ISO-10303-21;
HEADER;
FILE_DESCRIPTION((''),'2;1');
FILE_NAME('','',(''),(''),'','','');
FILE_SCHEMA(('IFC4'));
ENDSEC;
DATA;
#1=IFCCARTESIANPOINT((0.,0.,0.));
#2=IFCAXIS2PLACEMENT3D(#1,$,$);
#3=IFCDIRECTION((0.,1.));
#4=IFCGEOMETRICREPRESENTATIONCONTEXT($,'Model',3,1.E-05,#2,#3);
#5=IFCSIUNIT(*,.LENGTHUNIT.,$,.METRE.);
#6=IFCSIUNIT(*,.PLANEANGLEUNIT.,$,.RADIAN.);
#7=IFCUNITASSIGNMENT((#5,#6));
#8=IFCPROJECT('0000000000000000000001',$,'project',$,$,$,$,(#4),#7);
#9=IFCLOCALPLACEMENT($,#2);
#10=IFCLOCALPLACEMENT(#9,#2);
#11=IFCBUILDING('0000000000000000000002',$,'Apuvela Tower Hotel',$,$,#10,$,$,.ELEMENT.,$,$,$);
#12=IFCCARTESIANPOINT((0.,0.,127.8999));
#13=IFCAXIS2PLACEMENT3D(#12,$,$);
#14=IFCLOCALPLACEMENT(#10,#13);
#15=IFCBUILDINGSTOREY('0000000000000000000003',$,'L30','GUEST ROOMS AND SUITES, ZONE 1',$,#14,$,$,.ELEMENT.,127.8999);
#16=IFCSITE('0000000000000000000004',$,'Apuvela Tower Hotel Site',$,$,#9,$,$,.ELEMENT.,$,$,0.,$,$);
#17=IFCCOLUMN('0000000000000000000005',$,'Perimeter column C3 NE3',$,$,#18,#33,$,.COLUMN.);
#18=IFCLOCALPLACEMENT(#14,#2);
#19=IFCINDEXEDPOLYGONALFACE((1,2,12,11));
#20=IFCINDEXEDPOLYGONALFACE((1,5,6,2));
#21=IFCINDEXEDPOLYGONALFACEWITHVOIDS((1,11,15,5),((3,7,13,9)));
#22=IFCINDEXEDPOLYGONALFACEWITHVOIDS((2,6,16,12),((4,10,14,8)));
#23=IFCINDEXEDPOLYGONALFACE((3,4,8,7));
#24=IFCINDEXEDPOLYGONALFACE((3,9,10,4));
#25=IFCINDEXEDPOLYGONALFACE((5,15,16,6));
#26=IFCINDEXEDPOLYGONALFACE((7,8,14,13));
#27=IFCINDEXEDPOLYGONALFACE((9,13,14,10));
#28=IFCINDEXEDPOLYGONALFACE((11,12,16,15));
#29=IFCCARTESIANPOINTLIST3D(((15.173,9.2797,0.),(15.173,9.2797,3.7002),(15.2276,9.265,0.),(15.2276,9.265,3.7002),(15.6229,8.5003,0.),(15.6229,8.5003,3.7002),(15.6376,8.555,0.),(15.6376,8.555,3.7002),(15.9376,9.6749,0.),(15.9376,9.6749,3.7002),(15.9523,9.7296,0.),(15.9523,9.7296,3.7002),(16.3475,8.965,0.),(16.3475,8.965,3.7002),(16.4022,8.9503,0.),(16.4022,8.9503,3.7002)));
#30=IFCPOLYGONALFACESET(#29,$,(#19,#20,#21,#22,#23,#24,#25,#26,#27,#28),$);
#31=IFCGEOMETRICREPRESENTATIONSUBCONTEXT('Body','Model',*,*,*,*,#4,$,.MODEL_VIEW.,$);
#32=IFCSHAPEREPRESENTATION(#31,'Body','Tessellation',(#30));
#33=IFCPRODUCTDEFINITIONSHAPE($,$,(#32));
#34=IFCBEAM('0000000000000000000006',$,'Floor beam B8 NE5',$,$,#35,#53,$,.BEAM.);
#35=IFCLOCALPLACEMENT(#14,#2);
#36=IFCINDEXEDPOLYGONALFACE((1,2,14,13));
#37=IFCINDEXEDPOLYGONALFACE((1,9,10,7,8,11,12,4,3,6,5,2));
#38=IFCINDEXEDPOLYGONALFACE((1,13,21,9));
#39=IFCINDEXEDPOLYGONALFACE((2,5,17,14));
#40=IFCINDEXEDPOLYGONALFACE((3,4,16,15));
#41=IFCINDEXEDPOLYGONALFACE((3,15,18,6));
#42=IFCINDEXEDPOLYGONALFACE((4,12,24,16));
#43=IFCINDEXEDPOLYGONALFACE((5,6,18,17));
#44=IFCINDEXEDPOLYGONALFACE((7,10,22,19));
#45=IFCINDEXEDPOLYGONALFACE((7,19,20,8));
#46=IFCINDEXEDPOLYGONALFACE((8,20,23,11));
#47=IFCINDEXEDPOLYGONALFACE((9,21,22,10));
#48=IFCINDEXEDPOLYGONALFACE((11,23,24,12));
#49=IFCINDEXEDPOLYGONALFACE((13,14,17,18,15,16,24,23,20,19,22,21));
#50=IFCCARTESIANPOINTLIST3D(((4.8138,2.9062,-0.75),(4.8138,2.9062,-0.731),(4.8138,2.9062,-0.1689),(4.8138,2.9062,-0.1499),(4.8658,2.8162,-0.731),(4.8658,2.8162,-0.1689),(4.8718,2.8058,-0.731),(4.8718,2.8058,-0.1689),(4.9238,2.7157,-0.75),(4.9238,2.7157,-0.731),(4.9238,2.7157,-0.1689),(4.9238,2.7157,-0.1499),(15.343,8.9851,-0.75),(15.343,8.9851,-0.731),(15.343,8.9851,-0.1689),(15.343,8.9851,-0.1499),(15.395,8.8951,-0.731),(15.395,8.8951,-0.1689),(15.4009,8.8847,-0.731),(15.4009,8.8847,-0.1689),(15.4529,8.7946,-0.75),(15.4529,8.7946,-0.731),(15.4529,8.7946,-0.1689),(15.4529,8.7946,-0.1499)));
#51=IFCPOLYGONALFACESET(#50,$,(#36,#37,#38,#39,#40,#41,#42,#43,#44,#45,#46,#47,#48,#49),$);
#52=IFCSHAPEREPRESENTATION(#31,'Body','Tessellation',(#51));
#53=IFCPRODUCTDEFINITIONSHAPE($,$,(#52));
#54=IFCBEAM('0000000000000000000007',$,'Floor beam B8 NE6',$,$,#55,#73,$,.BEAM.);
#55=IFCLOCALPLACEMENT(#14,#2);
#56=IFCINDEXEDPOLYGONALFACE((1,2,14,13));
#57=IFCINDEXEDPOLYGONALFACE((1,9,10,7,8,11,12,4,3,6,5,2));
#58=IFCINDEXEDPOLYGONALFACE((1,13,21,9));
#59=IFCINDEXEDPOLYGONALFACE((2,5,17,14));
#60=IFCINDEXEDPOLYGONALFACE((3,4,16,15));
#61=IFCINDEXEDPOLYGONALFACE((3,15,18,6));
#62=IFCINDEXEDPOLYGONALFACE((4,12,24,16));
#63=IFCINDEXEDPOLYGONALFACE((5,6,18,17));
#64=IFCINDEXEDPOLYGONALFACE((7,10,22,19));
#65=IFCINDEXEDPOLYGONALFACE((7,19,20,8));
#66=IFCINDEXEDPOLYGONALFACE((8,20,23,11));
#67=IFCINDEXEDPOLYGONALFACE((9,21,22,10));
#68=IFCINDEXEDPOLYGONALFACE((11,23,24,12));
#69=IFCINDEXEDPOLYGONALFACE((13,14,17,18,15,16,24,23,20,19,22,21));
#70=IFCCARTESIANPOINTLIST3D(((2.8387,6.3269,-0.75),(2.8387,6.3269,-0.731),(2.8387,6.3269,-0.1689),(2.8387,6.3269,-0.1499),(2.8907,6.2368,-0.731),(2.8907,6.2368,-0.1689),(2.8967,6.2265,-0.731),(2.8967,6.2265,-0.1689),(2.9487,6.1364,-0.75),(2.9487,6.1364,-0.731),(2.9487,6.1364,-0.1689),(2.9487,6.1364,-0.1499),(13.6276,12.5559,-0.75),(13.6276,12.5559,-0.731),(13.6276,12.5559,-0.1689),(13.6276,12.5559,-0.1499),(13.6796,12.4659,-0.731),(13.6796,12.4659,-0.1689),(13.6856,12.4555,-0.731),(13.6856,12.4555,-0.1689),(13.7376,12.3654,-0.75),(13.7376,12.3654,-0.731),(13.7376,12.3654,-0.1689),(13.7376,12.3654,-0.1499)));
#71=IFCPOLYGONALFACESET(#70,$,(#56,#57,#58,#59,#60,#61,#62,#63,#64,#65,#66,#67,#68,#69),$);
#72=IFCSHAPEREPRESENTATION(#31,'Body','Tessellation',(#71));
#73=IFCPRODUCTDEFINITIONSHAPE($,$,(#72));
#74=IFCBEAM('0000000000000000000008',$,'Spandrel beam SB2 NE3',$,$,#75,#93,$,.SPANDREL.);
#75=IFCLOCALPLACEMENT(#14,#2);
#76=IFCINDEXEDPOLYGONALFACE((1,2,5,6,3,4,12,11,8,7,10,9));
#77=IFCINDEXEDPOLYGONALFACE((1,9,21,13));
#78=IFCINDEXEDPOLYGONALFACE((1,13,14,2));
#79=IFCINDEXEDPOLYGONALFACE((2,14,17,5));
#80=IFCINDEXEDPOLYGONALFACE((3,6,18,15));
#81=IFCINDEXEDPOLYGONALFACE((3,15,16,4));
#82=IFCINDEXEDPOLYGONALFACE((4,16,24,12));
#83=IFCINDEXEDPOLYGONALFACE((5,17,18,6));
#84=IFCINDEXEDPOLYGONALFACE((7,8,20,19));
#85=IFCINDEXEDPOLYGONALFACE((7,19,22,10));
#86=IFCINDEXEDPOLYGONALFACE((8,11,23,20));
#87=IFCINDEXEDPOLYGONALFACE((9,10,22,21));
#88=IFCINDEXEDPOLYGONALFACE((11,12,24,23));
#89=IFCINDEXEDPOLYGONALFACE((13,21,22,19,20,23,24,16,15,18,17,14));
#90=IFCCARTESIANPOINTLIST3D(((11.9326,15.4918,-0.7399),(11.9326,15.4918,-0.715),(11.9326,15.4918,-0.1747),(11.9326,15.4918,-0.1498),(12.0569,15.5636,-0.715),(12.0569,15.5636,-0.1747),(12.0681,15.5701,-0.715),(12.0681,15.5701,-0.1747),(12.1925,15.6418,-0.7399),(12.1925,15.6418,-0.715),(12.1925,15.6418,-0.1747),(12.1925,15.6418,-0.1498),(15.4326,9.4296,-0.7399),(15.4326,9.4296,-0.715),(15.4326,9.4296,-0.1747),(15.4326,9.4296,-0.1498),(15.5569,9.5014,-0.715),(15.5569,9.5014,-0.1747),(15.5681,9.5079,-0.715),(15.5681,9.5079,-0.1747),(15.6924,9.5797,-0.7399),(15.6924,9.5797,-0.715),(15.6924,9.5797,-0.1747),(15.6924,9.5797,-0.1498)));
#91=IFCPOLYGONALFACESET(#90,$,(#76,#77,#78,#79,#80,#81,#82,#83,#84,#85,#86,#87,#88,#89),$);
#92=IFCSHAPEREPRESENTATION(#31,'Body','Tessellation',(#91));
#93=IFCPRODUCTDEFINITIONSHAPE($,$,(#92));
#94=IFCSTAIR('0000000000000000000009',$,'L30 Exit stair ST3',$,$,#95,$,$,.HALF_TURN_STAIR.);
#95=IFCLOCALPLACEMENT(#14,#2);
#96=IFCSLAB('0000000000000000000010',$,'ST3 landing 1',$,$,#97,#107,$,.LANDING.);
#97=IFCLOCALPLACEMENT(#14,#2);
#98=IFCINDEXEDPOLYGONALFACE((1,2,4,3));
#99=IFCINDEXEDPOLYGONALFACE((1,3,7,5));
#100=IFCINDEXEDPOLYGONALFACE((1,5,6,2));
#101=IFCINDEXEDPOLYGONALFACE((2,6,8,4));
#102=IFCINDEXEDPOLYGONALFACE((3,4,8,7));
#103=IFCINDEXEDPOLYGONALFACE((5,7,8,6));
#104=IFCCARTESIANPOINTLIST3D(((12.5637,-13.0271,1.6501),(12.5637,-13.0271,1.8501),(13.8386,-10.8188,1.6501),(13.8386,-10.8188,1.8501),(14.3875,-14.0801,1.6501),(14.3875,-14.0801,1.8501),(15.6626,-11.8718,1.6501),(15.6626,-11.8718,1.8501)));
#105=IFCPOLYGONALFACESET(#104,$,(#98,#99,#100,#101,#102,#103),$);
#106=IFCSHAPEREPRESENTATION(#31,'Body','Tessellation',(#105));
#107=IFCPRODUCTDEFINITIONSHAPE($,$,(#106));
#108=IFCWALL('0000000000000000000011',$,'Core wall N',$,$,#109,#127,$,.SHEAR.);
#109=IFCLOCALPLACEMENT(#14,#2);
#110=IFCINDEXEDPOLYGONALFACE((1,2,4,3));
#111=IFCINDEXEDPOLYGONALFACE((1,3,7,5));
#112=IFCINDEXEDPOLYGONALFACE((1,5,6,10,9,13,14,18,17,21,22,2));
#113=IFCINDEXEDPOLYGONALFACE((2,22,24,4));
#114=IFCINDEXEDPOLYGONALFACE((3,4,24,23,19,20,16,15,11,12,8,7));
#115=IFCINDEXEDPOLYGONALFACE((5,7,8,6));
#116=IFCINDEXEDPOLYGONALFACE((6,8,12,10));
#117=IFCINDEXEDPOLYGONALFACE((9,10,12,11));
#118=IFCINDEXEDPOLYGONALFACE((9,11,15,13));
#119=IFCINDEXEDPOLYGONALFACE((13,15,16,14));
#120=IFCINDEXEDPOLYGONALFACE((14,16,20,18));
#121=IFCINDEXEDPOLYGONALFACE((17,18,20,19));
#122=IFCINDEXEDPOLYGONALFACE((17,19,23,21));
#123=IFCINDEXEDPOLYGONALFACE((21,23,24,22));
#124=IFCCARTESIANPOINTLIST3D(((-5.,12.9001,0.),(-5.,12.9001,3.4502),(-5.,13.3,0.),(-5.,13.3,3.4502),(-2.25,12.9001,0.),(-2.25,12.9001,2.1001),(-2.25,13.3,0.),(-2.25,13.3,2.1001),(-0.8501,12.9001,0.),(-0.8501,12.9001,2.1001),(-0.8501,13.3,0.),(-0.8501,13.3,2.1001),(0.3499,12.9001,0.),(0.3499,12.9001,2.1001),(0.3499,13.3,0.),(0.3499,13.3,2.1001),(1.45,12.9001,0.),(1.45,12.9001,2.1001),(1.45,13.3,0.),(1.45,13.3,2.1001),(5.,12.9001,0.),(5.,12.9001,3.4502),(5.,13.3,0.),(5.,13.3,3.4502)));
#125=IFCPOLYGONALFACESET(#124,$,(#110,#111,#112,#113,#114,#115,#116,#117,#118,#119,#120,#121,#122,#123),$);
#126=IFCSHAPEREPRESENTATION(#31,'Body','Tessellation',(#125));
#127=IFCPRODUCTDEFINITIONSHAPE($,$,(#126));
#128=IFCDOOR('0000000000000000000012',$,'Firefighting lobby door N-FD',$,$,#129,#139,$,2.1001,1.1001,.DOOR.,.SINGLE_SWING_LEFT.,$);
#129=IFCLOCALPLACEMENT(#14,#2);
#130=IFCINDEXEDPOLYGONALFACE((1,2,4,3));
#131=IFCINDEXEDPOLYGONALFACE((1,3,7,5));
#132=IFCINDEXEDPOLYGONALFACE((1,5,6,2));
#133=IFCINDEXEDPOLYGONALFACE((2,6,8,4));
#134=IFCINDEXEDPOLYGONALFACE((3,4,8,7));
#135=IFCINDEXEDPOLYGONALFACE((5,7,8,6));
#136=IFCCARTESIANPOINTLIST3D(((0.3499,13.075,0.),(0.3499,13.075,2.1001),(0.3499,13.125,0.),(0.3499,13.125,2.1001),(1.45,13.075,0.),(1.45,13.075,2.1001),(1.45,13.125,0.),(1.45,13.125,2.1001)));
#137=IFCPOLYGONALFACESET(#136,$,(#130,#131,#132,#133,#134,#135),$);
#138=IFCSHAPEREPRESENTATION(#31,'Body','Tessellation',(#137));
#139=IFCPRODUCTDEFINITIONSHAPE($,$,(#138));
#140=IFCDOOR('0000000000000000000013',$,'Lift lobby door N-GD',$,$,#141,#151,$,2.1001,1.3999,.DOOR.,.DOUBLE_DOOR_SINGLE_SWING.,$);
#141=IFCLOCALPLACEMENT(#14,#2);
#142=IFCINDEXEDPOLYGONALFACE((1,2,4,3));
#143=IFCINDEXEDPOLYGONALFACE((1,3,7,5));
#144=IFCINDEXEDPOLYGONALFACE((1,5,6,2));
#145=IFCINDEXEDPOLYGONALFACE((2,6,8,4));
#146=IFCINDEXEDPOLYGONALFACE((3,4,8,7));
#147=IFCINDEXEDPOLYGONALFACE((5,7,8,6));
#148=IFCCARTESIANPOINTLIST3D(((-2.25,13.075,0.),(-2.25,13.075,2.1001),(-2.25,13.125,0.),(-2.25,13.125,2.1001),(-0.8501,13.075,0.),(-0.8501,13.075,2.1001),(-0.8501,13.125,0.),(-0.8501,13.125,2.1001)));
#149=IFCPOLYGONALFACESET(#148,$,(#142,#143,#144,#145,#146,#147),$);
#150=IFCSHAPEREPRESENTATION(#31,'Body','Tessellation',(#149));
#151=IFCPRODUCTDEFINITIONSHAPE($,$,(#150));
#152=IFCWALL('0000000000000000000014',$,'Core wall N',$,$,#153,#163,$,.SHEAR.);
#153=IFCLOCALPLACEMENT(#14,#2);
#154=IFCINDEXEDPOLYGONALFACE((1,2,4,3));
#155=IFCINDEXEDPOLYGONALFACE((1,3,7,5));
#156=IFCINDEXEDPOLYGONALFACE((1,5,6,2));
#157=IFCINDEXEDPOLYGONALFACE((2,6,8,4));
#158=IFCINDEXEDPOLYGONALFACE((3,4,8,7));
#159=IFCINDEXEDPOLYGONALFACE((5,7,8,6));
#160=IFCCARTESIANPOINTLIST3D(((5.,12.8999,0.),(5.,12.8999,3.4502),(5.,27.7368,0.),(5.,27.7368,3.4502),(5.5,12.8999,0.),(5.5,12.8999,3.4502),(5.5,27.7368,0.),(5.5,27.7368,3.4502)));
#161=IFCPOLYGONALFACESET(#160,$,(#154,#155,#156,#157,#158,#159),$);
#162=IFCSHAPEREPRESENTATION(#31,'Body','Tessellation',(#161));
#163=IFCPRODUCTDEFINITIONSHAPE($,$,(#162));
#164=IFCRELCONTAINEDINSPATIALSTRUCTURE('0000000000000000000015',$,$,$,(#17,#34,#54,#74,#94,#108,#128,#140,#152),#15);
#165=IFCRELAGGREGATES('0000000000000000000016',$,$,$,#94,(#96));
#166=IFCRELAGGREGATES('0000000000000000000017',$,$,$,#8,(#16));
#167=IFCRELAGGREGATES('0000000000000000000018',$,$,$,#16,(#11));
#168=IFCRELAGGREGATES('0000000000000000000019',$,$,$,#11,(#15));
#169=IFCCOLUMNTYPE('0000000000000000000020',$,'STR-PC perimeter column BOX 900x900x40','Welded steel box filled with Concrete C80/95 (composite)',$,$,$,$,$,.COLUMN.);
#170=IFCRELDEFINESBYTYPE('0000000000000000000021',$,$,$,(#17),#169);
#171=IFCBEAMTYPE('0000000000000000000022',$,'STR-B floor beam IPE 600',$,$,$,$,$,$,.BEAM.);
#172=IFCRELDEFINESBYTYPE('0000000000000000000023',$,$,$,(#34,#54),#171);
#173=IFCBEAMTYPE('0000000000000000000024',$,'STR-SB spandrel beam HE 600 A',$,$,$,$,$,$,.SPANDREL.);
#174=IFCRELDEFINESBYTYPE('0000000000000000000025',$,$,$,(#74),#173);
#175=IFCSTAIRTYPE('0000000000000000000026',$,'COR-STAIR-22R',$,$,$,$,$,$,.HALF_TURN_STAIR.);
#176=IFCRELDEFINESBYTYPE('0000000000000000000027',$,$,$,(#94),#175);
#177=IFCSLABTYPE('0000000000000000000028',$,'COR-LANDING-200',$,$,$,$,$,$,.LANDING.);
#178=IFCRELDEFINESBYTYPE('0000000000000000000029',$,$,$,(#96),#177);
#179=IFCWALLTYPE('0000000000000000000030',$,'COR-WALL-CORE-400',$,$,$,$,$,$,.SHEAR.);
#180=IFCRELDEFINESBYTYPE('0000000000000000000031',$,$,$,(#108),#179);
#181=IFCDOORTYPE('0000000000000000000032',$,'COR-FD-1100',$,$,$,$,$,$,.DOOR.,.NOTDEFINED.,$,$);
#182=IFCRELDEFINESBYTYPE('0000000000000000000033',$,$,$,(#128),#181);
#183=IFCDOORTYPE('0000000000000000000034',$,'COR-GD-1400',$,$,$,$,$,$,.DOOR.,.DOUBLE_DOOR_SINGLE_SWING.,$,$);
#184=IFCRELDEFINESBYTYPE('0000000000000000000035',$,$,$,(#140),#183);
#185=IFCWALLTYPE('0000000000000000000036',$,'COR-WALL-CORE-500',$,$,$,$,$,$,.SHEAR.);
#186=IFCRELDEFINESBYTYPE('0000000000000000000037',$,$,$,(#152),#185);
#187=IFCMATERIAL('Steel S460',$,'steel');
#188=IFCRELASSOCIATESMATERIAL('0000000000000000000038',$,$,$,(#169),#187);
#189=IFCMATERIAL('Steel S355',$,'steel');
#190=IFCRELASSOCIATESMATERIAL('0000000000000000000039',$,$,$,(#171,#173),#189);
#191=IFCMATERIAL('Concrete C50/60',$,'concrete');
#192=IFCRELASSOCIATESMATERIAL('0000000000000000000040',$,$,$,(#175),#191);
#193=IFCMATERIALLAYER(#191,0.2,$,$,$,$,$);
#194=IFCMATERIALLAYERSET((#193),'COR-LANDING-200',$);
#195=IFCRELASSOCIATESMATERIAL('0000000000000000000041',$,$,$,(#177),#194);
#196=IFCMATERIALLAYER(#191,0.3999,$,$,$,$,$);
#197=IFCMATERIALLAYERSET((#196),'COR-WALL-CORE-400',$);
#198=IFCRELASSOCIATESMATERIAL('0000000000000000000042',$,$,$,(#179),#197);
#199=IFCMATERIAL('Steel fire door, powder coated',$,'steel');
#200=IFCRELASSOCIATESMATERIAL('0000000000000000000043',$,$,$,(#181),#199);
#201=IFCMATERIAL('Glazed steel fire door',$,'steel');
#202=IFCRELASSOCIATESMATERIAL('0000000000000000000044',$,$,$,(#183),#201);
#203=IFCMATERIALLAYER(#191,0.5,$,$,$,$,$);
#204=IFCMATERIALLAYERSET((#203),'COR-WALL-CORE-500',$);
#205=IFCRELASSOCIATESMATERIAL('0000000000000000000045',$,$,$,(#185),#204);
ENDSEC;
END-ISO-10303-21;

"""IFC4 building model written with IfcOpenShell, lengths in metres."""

from ifc_helpers import new_model, si_unit, direction, frame, frame_2d, origin, origin_2d, place, context, subcontext, project, spatial, polyline, rectangle, hollow_rectangle, i_section, outline, extrude, material, layer, layer_set, material_profile, profile_set, type_object, element, fill, aggregate, save


model = new_model("IFC4")

# Units and contexts
model_context = context("Model", 3, precision=1e-05, world=origin(), true_north=direction((0.0, 1.0)))
body_context = subcontext(model_context, "Body", "Model", "MODEL_VIEW")
ifc_project = project(units=[si_unit("LENGTHUNIT", "METRE"), si_unit("PLANEANGLEUNIT", "RADIAN")], contexts=[model_context])

# Site, building, storey
site_placement = place(None, origin())
site = spatial("IfcSite", under=ifc_project, at=site_placement, Name="Apuvela Tower Hotel Site", CompositionType="ELEMENT", RefElevation=0.0)
building_placement = place(site_placement, origin())
building = spatial("IfcBuilding", under=site, at=building_placement, Name="Apuvela Tower Hotel", CompositionType="ELEMENT")
storey_placement = place(building_placement, frame((0.0, 0.0, 127.8999)))
storey = spatial("IfcBuildingStorey", under=building, at=storey_placement, Name="L30", Description="GUEST ROOMS AND SUITES, ZONE 1", CompositionType="ELEMENT", Elevation=127.8999)

# Column
ifc_material_1 = material(Name="Steel S460", Category="steel")
ifc_material_profile_1 = material_profile(ifc_material_1, hollow_rectangle(XDim=0.8999, YDim=0.8999, WallThickness=0.04, at=origin_2d()), Name="BOX 900x900x40")
ifc_material_2 = material(Name="Concrete C80/95", Category="concrete")
ifc_material_profile_2 = material_profile(ifc_material_2, rectangle(XDim=0.8201, YDim=0.8201, at=origin_2d()), Name="Concrete C80/95 infill")
ifc_profile_set_1 = profile_set([ifc_material_profile_1, ifc_material_profile_2], Name="Steel S460")
column_type = type_object("IfcColumnType", Name="STR-PC perimeter column BOX 900x900x40", Description="Welded steel box filled with Concrete C80/95 (composite)", PredefinedType="COLUMN", material=ifc_profile_set_1)
column_placement = place(storey_placement, frame((15.7876, 9.115, 0.0), z_axis=(0.0, 0.0, 1.0), x_axis=(-0.5, 0.866025, 0.0)))
element("IfcColumn", 1, at=column_placement, inside=storey, type_object=column_type, Name="Perimeter column C3 NE3", PredefinedType="COLUMN", context=body_context, shape_type="SweptSolid", body=[
    extrude(hollow_rectangle(XDim=0.8999, YDim=0.8999, WallThickness=0.04, at=origin_2d()), origin(), (0.0, 0.0, 1.0), 3.7002),
])

# Beams
ifc_material_3 = material(Name="Steel S355", Category="steel")
ifc_material_profile_3 = material_profile(ifc_material_3, i_section(OverallWidth=0.22, OverallDepth=0.6001, WebThickness=0.012, FlangeThickness=0.019, at=origin_2d()), Name="IPE 600")
ifc_profile_set_2 = profile_set([ifc_material_profile_3], Name="Steel S355")
beam_type_1 = type_object("IfcBeamType", Name="STR-B floor beam IPE 600", PredefinedType="BEAM", material=ifc_profile_set_2)
beam_1_placement = place(storey_placement, frame((15.3979, 8.8899, -0.45), z_axis=(-0.866029, -0.499994, 0.0), x_axis=(0.499994, -0.866029, 0.0)))
element("IfcBeam", 2, at=beam_1_placement, inside=storey, type_object=beam_type_1, Name="Floor beam B8 NE5", PredefinedType="BEAM", context=body_context, shape_type="SweptSolid", body=[
    extrude(i_section(OverallWidth=0.22, OverallDepth=0.6001, WebThickness=0.012, FlangeThickness=0.019, at=origin_2d()), origin(), (0.0, 0.0, 1.0), 12.158),
])
beam_2_placement = place(storey_placement, frame((13.6826, 12.4607, -0.45), z_axis=(-0.866023, -0.500005, 0.0), x_axis=(0.500005, -0.866023, 0.0)))
element("IfcBeam", 3, at=beam_2_placement, inside=storey, type_object=beam_type_1, Name="Floor beam B8 NE6", PredefinedType="BEAM", context=body_context, shape_type="SweptSolid", body=[
    extrude(i_section(OverallWidth=0.22, OverallDepth=0.6001, WebThickness=0.012, FlangeThickness=0.019, at=origin_2d()), origin(), (0.0, 0.0, 1.0), 12.458),
])
ifc_material_profile_4 = material_profile(ifc_material_3, i_section(OverallWidth=0.3, OverallDepth=0.5901, WebThickness=0.0129, FlangeThickness=0.0249, at=origin_2d()), Name="HE 600 A")
ifc_profile_set_3 = profile_set([ifc_material_profile_4], Name="Steel S355")
beam_type_2 = type_object("IfcBeamType", Name="STR-SB spandrel beam HE 600 A", PredefinedType="SPANDREL", material=ifc_profile_set_3)
beam_3_placement = place(storey_placement, frame((15.5625, 9.5046, -0.4448), z_axis=(-0.499995, 0.866028, 0.0), x_axis=(-0.866028, -0.499995, 0.0)))
element("IfcBeam", 4, at=beam_3_placement, inside=storey, type_object=beam_type_2, Name="Spandrel beam SB2 NE3", PredefinedType="SPANDREL", context=body_context, shape_type="SweptSolid", body=[
    extrude(i_section(OverallWidth=0.3, OverallDepth=0.5901, WebThickness=0.0129, FlangeThickness=0.0249, at=origin_2d()), origin(), (0.0, 0.0, 1.0), 7.0),
])

# Stair, slab
ifc_material_4 = material(Name="Concrete C50/60", Category="concrete")
stair_type = type_object("IfcStairType", Name="COR-STAIR-22R", PredefinedType="HALF_TURN_STAIR", material=ifc_material_4)
stair_placement = place(storey_placement, origin())
stair = element("IfcStair", 5, at=stair_placement, inside=storey, type_object=stair_type, Name="L30 Exit stair ST3", PredefinedType="HALF_TURN_STAIR")
ifc_layer_1 = layer(ifc_material_4, 0.2)
ifc_layer_set_1 = layer_set([ifc_layer_1], Name="COR-LANDING-200")
slab_type = type_object("IfcSlabType", Name="COR-LANDING-200", PredefinedType="LANDING", material=ifc_layer_set_1)
slab_placement = place(storey_placement, frame((0.0, 0.0, 1.6501)))
slab = element("IfcSlab", 6, at=slab_placement, type_object=slab_type, Name="ST3 landing 1", PredefinedType="LANDING", context=body_context, shape_type="SweptSolid", body=[
    extrude(outline(polyline([(12.5637, -13.0271), (14.3875, -14.0801), (15.6626, -11.8718), (13.8386, -10.8188), (12.5637, -13.0271)])), origin(), (0.0, 0.0, 1.0), 0.2),
])
aggregate(stair, [slab])

# Wall, openings, doors
ifc_layer_2 = layer(ifc_material_4, 0.3999)
ifc_layer_set_2 = layer_set([ifc_layer_2], Name="COR-WALL-CORE-400")
wall_type_1 = type_object("IfcWallType", Name="COR-WALL-CORE-400", PredefinedType="SHEAR", material=ifc_layer_set_2)
wall_1_placement = place(storey_placement, frame((5.0, 13.1001, 0.0), z_axis=(0.0, 0.0, 1.0), x_axis=(-1.0, 0.0, 0.0)))
wall_1 = element("IfcWall", 7, at=wall_1_placement, inside=storey, type_object=wall_type_1, Name="Core wall N", PredefinedType="SHEAR", context=body_context, shape_type="SweptSolid", body=[
    extrude(rectangle(XDim=10.0, YDim=0.3999, at=frame_2d((5.0, 0.0))), origin(), (0.0, 0.0, 1.0), 3.4502),
])
opening_1_placement = place(wall_1_placement, frame((3.55, 0.0, 0.0)))
opening_1 = element("IfcOpeningElement", 8, at=opening_1_placement, cuts=wall_1, PredefinedType="OPENING", context=body_context, shape_type="SweptSolid", body=[
    extrude(rectangle(XDim=1.1001, YDim=2.1001, at=frame_2d((0.55, 1.05))), frame((0.0, 0.21, 0.0), z_axis=(0.0, -1.0, 0.0), x_axis=(1.0, 0.0, 0.0)), (0.0, 0.0, 1.0), 0.4199),
])
opening_2_placement = place(wall_1_placement, frame((5.8501, 0.0, 0.0)))
opening_2 = element("IfcOpeningElement", 9, at=opening_2_placement, cuts=wall_1, PredefinedType="OPENING", context=body_context, shape_type="SweptSolid", body=[
    extrude(rectangle(XDim=1.3999, YDim=2.1001, at=frame_2d((0.7, 1.05))), frame((0.0, 0.21, 0.0), z_axis=(0.0, -1.0, 0.0), x_axis=(1.0, 0.0, 0.0)), (0.0, 0.0, 1.0), 0.4199),
])
ifc_material_5 = material(Name="Steel fire door, powder coated", Category="steel")
door_type_1 = type_object("IfcDoorType", Name="COR-FD-1100", OperationType="NOTDEFINED", PredefinedType="DOOR", material=ifc_material_5)
door_1_placement = place(opening_1_placement, frame((1.1001, 0.0, 0.0), z_axis=(0.0, 0.0, 1.0), x_axis=(-1.0, 0.0, 0.0)))
door_1 = element("IfcDoor", 10, at=door_1_placement, inside=storey, type_object=door_type_1, Name="Firefighting lobby door N-FD", OperationType="SINGLE_SWING_LEFT", OverallHeight=2.1001, OverallWidth=1.1001, PredefinedType="DOOR", context=body_context, shape_type="SweptSolid", body=[
    extrude(rectangle(XDim=1.1001, YDim=2.1001, at=frame_2d((0.55, 1.05))), frame((0.0, 0.0249, 0.0), z_axis=(0.0, -1.0, 0.0), x_axis=(1.0, 0.0, 0.0)), (0.0, 0.0, 1.0), 0.05),
])
fill(opening_1, door_1)
ifc_material_6 = material(Name="Glazed steel fire door", Category="steel")
door_type_2 = type_object("IfcDoorType", Name="COR-GD-1400", OperationType="DOUBLE_DOOR_SINGLE_SWING", PredefinedType="DOOR", material=ifc_material_6)
door_2_placement = place(opening_2_placement, frame((1.3999, 0.0, 0.0), z_axis=(0.0, 0.0, 1.0), x_axis=(-1.0, 0.0, 0.0)))
door_2 = element("IfcDoor", 11, at=door_2_placement, inside=storey, type_object=door_type_2, Name="Lift lobby door N-GD", OperationType="DOUBLE_DOOR_SINGLE_SWING", OverallHeight=2.1001, OverallWidth=1.3999, PredefinedType="DOOR", context=body_context, shape_type="SweptSolid", body=[
    extrude(rectangle(XDim=1.3999, YDim=2.1001, at=frame_2d((0.7, 1.05))), frame((0.0, 0.0249, 0.0), z_axis=(0.0, -1.0, 0.0), x_axis=(1.0, 0.0, 0.0)), (0.0, 0.0, 1.0), 0.05),
])
fill(opening_2, door_2)

# Wall
ifc_layer_3 = layer(ifc_material_4, 0.5)
ifc_layer_set_3 = layer_set([ifc_layer_3], Name="COR-WALL-CORE-500")
wall_type_2 = type_object("IfcWallType", Name="COR-WALL-CORE-500", PredefinedType="SHEAR", material=ifc_layer_set_3)
for number, where, z_axis, x_axis, name in (
    (12, (5.25, 12.8999, 0.0), (0.0, 0.0, 1.0), (0.0, 1.0, 0.0), "Core wall N"),
):
    element("IfcWall", number, at=place(storey_placement, frame(where, z_axis=z_axis, x_axis=x_axis)), inside=storey, type_object=wall_type_2, Name=name, PredefinedType="SHEAR", context=body_context, shape_type="SweptSolid", body=[
        extrude(rectangle(XDim=14.8369, YDim=0.5, at=frame_2d((7.4185, 0.0))), origin(), (0.0, 0.0, 1.0), 3.4502),
    ])

save(model, "model.ifc")
